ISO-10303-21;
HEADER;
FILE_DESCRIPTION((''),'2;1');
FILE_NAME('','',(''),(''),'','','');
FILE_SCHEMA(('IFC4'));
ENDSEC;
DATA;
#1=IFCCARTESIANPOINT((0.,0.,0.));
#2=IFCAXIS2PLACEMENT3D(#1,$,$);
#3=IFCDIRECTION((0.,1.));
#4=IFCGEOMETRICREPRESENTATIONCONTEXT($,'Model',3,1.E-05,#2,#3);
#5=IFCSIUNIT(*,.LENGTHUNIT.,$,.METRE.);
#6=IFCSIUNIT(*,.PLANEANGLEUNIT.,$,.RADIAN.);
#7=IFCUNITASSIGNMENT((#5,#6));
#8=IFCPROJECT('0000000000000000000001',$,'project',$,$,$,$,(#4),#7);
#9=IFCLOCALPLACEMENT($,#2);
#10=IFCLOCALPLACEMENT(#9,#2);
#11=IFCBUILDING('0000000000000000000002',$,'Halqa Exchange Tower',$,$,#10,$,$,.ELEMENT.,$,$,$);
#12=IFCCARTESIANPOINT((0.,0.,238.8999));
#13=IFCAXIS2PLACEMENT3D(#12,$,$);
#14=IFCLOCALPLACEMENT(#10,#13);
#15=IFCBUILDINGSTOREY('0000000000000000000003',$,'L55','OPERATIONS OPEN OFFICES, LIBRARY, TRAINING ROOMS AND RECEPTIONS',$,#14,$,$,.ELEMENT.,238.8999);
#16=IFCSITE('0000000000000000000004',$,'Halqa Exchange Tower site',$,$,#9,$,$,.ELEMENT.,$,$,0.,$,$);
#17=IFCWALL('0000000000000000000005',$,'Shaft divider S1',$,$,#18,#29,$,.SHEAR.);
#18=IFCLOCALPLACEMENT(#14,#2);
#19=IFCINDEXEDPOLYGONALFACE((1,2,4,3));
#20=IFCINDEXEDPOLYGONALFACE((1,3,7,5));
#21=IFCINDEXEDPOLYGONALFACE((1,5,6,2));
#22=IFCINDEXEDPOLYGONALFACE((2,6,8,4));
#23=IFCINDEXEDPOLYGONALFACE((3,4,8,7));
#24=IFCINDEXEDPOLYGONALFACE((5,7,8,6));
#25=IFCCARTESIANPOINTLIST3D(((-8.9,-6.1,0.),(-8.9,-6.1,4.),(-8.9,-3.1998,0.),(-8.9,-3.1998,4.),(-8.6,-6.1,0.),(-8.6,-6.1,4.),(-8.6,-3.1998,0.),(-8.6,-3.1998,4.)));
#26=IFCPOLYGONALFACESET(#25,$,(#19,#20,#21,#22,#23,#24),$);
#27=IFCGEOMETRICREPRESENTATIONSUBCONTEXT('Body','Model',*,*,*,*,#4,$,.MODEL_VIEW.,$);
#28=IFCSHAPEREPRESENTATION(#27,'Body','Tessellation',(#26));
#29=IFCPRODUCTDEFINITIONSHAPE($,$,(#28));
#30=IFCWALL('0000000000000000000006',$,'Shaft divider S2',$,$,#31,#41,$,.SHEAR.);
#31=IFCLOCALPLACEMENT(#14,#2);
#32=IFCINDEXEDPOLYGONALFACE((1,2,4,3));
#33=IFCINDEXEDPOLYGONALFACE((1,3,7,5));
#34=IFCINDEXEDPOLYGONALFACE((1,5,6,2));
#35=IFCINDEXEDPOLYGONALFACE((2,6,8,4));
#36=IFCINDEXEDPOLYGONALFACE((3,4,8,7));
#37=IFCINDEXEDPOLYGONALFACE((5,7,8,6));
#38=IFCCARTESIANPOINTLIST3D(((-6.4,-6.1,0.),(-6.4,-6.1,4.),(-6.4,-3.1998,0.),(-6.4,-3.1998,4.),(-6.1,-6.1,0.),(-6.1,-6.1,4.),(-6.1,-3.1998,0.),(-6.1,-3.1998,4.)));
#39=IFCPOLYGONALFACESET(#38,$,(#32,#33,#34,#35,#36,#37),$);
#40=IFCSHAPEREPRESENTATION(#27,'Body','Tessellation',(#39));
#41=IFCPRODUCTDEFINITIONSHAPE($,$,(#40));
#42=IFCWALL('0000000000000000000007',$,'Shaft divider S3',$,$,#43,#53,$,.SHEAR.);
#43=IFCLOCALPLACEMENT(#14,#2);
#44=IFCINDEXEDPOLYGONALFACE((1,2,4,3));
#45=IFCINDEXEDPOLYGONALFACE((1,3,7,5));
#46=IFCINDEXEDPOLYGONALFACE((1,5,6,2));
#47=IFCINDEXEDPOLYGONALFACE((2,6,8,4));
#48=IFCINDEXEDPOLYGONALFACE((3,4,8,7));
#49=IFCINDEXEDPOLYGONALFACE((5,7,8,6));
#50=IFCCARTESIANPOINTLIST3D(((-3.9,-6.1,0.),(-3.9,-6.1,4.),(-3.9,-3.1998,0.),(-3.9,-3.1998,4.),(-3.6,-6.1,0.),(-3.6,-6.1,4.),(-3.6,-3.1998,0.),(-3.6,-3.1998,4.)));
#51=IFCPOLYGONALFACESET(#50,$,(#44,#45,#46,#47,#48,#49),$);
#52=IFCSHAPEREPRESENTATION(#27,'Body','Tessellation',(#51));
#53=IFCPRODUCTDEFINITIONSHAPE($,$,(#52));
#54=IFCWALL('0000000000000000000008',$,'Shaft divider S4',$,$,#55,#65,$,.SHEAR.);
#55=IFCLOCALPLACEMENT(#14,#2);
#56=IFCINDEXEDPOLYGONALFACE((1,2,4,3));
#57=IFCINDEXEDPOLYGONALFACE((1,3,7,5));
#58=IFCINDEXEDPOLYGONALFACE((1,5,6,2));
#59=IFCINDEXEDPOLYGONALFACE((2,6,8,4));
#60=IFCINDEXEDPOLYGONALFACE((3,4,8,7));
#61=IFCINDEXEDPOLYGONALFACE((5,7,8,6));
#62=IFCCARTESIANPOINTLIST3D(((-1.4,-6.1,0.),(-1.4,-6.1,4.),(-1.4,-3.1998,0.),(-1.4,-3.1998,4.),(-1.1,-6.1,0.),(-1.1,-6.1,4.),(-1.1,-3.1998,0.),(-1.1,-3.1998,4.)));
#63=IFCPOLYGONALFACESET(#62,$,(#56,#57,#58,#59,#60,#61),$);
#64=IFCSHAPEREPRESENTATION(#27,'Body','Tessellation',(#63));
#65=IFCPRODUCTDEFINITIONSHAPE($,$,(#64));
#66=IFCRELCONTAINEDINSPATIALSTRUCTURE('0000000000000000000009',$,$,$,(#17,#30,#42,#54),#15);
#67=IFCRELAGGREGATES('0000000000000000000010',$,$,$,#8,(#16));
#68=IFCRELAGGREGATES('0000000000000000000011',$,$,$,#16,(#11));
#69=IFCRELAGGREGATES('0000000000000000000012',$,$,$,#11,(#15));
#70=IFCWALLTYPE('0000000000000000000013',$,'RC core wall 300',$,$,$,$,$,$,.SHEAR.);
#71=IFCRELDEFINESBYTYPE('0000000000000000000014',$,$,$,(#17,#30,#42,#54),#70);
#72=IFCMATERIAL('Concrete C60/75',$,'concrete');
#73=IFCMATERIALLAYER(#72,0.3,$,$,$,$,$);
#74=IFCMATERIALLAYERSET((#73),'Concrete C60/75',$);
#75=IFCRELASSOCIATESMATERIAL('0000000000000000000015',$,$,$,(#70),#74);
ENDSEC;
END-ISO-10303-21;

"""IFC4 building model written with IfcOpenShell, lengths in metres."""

from ifc_helpers import new_model, si_unit, direction, frame, frame_2d, origin, place, context, subcontext, project, spatial, rectangle, extrude, material, layer, layer_set, type_object, element, save


model = new_model("IFC4")

# Units and contexts
model_context = context("Model", 3, precision=1e-05, world=origin(), true_north=direction((0.0, 1.0)))
body_context = subcontext(model_context, "Body", "Model", "MODEL_VIEW")
ifc_project = project(units=[si_unit("LENGTHUNIT", "METRE"), si_unit("PLANEANGLEUNIT", "RADIAN")], contexts=[model_context])

# Site, building, storey
site_placement = place(None, origin())
site = spatial("IfcSite", under=ifc_project, at=site_placement, Name="Halqa Exchange Tower site", CompositionType="ELEMENT", RefElevation=0.0)
building_placement = place(site_placement, origin())
building = spatial("IfcBuilding", under=site, at=building_placement, Name="Halqa Exchange Tower", CompositionType="ELEMENT")
storey_placement = place(building_placement, frame((0.0, 0.0, 238.8999)))
storey = spatial("IfcBuildingStorey", under=building, at=storey_placement, Name="L55", Description="OPERATIONS OPEN OFFICES, LIBRARY, TRAINING ROOMS AND RECEPTIONS", CompositionType="ELEMENT", Elevation=238.8999)

# Walls
ifc_material_1 = material(Name="Concrete C60/75", Category="concrete")
ifc_layer_1 = layer(ifc_material_1, 0.3)
ifc_layer_set_1 = layer_set([ifc_layer_1], Name="Concrete C60/75")
wall_type_1 = type_object("IfcWallType", Name="RC core wall 300", PredefinedType="SHEAR", material=ifc_layer_set_1)
for number, where, z_axis, x_axis, name in (
    (1, (-8.75, -6.1001, 0.0), (0.0, 0.0, 1.0), (0.0, 1.0, 0.0), "Shaft divider S1"),
    (2, (-6.25, -6.1001, 0.0), (0.0, 0.0, 1.0), (0.0, 1.0, 0.0), "Shaft divider S2"),
    (3, (-3.75, -6.1001, 0.0), (0.0, 0.0, 1.0), (0.0, 1.0, 0.0), "Shaft divider S3"),
    (4, (-1.25, -6.1001, 0.0), (0.0, 0.0, 1.0), (0.0, 1.0, 0.0), "Shaft divider S4"),
):
    element("IfcWall", number, at=place(storey_placement, frame(where, z_axis=z_axis, x_axis=x_axis)), inside=storey, type_object=wall_type_1, Name=name, PredefinedType="SHEAR", context=body_context, shape_type="SweptSolid", body=[
        extrude(rectangle(XDim=2.9001, YDim=0.3, at=frame_2d((1.4502, 0.0))), origin(), (0.0, 0.0, 1.0), 4.0),
    ])

save(model, "model.ifc")
